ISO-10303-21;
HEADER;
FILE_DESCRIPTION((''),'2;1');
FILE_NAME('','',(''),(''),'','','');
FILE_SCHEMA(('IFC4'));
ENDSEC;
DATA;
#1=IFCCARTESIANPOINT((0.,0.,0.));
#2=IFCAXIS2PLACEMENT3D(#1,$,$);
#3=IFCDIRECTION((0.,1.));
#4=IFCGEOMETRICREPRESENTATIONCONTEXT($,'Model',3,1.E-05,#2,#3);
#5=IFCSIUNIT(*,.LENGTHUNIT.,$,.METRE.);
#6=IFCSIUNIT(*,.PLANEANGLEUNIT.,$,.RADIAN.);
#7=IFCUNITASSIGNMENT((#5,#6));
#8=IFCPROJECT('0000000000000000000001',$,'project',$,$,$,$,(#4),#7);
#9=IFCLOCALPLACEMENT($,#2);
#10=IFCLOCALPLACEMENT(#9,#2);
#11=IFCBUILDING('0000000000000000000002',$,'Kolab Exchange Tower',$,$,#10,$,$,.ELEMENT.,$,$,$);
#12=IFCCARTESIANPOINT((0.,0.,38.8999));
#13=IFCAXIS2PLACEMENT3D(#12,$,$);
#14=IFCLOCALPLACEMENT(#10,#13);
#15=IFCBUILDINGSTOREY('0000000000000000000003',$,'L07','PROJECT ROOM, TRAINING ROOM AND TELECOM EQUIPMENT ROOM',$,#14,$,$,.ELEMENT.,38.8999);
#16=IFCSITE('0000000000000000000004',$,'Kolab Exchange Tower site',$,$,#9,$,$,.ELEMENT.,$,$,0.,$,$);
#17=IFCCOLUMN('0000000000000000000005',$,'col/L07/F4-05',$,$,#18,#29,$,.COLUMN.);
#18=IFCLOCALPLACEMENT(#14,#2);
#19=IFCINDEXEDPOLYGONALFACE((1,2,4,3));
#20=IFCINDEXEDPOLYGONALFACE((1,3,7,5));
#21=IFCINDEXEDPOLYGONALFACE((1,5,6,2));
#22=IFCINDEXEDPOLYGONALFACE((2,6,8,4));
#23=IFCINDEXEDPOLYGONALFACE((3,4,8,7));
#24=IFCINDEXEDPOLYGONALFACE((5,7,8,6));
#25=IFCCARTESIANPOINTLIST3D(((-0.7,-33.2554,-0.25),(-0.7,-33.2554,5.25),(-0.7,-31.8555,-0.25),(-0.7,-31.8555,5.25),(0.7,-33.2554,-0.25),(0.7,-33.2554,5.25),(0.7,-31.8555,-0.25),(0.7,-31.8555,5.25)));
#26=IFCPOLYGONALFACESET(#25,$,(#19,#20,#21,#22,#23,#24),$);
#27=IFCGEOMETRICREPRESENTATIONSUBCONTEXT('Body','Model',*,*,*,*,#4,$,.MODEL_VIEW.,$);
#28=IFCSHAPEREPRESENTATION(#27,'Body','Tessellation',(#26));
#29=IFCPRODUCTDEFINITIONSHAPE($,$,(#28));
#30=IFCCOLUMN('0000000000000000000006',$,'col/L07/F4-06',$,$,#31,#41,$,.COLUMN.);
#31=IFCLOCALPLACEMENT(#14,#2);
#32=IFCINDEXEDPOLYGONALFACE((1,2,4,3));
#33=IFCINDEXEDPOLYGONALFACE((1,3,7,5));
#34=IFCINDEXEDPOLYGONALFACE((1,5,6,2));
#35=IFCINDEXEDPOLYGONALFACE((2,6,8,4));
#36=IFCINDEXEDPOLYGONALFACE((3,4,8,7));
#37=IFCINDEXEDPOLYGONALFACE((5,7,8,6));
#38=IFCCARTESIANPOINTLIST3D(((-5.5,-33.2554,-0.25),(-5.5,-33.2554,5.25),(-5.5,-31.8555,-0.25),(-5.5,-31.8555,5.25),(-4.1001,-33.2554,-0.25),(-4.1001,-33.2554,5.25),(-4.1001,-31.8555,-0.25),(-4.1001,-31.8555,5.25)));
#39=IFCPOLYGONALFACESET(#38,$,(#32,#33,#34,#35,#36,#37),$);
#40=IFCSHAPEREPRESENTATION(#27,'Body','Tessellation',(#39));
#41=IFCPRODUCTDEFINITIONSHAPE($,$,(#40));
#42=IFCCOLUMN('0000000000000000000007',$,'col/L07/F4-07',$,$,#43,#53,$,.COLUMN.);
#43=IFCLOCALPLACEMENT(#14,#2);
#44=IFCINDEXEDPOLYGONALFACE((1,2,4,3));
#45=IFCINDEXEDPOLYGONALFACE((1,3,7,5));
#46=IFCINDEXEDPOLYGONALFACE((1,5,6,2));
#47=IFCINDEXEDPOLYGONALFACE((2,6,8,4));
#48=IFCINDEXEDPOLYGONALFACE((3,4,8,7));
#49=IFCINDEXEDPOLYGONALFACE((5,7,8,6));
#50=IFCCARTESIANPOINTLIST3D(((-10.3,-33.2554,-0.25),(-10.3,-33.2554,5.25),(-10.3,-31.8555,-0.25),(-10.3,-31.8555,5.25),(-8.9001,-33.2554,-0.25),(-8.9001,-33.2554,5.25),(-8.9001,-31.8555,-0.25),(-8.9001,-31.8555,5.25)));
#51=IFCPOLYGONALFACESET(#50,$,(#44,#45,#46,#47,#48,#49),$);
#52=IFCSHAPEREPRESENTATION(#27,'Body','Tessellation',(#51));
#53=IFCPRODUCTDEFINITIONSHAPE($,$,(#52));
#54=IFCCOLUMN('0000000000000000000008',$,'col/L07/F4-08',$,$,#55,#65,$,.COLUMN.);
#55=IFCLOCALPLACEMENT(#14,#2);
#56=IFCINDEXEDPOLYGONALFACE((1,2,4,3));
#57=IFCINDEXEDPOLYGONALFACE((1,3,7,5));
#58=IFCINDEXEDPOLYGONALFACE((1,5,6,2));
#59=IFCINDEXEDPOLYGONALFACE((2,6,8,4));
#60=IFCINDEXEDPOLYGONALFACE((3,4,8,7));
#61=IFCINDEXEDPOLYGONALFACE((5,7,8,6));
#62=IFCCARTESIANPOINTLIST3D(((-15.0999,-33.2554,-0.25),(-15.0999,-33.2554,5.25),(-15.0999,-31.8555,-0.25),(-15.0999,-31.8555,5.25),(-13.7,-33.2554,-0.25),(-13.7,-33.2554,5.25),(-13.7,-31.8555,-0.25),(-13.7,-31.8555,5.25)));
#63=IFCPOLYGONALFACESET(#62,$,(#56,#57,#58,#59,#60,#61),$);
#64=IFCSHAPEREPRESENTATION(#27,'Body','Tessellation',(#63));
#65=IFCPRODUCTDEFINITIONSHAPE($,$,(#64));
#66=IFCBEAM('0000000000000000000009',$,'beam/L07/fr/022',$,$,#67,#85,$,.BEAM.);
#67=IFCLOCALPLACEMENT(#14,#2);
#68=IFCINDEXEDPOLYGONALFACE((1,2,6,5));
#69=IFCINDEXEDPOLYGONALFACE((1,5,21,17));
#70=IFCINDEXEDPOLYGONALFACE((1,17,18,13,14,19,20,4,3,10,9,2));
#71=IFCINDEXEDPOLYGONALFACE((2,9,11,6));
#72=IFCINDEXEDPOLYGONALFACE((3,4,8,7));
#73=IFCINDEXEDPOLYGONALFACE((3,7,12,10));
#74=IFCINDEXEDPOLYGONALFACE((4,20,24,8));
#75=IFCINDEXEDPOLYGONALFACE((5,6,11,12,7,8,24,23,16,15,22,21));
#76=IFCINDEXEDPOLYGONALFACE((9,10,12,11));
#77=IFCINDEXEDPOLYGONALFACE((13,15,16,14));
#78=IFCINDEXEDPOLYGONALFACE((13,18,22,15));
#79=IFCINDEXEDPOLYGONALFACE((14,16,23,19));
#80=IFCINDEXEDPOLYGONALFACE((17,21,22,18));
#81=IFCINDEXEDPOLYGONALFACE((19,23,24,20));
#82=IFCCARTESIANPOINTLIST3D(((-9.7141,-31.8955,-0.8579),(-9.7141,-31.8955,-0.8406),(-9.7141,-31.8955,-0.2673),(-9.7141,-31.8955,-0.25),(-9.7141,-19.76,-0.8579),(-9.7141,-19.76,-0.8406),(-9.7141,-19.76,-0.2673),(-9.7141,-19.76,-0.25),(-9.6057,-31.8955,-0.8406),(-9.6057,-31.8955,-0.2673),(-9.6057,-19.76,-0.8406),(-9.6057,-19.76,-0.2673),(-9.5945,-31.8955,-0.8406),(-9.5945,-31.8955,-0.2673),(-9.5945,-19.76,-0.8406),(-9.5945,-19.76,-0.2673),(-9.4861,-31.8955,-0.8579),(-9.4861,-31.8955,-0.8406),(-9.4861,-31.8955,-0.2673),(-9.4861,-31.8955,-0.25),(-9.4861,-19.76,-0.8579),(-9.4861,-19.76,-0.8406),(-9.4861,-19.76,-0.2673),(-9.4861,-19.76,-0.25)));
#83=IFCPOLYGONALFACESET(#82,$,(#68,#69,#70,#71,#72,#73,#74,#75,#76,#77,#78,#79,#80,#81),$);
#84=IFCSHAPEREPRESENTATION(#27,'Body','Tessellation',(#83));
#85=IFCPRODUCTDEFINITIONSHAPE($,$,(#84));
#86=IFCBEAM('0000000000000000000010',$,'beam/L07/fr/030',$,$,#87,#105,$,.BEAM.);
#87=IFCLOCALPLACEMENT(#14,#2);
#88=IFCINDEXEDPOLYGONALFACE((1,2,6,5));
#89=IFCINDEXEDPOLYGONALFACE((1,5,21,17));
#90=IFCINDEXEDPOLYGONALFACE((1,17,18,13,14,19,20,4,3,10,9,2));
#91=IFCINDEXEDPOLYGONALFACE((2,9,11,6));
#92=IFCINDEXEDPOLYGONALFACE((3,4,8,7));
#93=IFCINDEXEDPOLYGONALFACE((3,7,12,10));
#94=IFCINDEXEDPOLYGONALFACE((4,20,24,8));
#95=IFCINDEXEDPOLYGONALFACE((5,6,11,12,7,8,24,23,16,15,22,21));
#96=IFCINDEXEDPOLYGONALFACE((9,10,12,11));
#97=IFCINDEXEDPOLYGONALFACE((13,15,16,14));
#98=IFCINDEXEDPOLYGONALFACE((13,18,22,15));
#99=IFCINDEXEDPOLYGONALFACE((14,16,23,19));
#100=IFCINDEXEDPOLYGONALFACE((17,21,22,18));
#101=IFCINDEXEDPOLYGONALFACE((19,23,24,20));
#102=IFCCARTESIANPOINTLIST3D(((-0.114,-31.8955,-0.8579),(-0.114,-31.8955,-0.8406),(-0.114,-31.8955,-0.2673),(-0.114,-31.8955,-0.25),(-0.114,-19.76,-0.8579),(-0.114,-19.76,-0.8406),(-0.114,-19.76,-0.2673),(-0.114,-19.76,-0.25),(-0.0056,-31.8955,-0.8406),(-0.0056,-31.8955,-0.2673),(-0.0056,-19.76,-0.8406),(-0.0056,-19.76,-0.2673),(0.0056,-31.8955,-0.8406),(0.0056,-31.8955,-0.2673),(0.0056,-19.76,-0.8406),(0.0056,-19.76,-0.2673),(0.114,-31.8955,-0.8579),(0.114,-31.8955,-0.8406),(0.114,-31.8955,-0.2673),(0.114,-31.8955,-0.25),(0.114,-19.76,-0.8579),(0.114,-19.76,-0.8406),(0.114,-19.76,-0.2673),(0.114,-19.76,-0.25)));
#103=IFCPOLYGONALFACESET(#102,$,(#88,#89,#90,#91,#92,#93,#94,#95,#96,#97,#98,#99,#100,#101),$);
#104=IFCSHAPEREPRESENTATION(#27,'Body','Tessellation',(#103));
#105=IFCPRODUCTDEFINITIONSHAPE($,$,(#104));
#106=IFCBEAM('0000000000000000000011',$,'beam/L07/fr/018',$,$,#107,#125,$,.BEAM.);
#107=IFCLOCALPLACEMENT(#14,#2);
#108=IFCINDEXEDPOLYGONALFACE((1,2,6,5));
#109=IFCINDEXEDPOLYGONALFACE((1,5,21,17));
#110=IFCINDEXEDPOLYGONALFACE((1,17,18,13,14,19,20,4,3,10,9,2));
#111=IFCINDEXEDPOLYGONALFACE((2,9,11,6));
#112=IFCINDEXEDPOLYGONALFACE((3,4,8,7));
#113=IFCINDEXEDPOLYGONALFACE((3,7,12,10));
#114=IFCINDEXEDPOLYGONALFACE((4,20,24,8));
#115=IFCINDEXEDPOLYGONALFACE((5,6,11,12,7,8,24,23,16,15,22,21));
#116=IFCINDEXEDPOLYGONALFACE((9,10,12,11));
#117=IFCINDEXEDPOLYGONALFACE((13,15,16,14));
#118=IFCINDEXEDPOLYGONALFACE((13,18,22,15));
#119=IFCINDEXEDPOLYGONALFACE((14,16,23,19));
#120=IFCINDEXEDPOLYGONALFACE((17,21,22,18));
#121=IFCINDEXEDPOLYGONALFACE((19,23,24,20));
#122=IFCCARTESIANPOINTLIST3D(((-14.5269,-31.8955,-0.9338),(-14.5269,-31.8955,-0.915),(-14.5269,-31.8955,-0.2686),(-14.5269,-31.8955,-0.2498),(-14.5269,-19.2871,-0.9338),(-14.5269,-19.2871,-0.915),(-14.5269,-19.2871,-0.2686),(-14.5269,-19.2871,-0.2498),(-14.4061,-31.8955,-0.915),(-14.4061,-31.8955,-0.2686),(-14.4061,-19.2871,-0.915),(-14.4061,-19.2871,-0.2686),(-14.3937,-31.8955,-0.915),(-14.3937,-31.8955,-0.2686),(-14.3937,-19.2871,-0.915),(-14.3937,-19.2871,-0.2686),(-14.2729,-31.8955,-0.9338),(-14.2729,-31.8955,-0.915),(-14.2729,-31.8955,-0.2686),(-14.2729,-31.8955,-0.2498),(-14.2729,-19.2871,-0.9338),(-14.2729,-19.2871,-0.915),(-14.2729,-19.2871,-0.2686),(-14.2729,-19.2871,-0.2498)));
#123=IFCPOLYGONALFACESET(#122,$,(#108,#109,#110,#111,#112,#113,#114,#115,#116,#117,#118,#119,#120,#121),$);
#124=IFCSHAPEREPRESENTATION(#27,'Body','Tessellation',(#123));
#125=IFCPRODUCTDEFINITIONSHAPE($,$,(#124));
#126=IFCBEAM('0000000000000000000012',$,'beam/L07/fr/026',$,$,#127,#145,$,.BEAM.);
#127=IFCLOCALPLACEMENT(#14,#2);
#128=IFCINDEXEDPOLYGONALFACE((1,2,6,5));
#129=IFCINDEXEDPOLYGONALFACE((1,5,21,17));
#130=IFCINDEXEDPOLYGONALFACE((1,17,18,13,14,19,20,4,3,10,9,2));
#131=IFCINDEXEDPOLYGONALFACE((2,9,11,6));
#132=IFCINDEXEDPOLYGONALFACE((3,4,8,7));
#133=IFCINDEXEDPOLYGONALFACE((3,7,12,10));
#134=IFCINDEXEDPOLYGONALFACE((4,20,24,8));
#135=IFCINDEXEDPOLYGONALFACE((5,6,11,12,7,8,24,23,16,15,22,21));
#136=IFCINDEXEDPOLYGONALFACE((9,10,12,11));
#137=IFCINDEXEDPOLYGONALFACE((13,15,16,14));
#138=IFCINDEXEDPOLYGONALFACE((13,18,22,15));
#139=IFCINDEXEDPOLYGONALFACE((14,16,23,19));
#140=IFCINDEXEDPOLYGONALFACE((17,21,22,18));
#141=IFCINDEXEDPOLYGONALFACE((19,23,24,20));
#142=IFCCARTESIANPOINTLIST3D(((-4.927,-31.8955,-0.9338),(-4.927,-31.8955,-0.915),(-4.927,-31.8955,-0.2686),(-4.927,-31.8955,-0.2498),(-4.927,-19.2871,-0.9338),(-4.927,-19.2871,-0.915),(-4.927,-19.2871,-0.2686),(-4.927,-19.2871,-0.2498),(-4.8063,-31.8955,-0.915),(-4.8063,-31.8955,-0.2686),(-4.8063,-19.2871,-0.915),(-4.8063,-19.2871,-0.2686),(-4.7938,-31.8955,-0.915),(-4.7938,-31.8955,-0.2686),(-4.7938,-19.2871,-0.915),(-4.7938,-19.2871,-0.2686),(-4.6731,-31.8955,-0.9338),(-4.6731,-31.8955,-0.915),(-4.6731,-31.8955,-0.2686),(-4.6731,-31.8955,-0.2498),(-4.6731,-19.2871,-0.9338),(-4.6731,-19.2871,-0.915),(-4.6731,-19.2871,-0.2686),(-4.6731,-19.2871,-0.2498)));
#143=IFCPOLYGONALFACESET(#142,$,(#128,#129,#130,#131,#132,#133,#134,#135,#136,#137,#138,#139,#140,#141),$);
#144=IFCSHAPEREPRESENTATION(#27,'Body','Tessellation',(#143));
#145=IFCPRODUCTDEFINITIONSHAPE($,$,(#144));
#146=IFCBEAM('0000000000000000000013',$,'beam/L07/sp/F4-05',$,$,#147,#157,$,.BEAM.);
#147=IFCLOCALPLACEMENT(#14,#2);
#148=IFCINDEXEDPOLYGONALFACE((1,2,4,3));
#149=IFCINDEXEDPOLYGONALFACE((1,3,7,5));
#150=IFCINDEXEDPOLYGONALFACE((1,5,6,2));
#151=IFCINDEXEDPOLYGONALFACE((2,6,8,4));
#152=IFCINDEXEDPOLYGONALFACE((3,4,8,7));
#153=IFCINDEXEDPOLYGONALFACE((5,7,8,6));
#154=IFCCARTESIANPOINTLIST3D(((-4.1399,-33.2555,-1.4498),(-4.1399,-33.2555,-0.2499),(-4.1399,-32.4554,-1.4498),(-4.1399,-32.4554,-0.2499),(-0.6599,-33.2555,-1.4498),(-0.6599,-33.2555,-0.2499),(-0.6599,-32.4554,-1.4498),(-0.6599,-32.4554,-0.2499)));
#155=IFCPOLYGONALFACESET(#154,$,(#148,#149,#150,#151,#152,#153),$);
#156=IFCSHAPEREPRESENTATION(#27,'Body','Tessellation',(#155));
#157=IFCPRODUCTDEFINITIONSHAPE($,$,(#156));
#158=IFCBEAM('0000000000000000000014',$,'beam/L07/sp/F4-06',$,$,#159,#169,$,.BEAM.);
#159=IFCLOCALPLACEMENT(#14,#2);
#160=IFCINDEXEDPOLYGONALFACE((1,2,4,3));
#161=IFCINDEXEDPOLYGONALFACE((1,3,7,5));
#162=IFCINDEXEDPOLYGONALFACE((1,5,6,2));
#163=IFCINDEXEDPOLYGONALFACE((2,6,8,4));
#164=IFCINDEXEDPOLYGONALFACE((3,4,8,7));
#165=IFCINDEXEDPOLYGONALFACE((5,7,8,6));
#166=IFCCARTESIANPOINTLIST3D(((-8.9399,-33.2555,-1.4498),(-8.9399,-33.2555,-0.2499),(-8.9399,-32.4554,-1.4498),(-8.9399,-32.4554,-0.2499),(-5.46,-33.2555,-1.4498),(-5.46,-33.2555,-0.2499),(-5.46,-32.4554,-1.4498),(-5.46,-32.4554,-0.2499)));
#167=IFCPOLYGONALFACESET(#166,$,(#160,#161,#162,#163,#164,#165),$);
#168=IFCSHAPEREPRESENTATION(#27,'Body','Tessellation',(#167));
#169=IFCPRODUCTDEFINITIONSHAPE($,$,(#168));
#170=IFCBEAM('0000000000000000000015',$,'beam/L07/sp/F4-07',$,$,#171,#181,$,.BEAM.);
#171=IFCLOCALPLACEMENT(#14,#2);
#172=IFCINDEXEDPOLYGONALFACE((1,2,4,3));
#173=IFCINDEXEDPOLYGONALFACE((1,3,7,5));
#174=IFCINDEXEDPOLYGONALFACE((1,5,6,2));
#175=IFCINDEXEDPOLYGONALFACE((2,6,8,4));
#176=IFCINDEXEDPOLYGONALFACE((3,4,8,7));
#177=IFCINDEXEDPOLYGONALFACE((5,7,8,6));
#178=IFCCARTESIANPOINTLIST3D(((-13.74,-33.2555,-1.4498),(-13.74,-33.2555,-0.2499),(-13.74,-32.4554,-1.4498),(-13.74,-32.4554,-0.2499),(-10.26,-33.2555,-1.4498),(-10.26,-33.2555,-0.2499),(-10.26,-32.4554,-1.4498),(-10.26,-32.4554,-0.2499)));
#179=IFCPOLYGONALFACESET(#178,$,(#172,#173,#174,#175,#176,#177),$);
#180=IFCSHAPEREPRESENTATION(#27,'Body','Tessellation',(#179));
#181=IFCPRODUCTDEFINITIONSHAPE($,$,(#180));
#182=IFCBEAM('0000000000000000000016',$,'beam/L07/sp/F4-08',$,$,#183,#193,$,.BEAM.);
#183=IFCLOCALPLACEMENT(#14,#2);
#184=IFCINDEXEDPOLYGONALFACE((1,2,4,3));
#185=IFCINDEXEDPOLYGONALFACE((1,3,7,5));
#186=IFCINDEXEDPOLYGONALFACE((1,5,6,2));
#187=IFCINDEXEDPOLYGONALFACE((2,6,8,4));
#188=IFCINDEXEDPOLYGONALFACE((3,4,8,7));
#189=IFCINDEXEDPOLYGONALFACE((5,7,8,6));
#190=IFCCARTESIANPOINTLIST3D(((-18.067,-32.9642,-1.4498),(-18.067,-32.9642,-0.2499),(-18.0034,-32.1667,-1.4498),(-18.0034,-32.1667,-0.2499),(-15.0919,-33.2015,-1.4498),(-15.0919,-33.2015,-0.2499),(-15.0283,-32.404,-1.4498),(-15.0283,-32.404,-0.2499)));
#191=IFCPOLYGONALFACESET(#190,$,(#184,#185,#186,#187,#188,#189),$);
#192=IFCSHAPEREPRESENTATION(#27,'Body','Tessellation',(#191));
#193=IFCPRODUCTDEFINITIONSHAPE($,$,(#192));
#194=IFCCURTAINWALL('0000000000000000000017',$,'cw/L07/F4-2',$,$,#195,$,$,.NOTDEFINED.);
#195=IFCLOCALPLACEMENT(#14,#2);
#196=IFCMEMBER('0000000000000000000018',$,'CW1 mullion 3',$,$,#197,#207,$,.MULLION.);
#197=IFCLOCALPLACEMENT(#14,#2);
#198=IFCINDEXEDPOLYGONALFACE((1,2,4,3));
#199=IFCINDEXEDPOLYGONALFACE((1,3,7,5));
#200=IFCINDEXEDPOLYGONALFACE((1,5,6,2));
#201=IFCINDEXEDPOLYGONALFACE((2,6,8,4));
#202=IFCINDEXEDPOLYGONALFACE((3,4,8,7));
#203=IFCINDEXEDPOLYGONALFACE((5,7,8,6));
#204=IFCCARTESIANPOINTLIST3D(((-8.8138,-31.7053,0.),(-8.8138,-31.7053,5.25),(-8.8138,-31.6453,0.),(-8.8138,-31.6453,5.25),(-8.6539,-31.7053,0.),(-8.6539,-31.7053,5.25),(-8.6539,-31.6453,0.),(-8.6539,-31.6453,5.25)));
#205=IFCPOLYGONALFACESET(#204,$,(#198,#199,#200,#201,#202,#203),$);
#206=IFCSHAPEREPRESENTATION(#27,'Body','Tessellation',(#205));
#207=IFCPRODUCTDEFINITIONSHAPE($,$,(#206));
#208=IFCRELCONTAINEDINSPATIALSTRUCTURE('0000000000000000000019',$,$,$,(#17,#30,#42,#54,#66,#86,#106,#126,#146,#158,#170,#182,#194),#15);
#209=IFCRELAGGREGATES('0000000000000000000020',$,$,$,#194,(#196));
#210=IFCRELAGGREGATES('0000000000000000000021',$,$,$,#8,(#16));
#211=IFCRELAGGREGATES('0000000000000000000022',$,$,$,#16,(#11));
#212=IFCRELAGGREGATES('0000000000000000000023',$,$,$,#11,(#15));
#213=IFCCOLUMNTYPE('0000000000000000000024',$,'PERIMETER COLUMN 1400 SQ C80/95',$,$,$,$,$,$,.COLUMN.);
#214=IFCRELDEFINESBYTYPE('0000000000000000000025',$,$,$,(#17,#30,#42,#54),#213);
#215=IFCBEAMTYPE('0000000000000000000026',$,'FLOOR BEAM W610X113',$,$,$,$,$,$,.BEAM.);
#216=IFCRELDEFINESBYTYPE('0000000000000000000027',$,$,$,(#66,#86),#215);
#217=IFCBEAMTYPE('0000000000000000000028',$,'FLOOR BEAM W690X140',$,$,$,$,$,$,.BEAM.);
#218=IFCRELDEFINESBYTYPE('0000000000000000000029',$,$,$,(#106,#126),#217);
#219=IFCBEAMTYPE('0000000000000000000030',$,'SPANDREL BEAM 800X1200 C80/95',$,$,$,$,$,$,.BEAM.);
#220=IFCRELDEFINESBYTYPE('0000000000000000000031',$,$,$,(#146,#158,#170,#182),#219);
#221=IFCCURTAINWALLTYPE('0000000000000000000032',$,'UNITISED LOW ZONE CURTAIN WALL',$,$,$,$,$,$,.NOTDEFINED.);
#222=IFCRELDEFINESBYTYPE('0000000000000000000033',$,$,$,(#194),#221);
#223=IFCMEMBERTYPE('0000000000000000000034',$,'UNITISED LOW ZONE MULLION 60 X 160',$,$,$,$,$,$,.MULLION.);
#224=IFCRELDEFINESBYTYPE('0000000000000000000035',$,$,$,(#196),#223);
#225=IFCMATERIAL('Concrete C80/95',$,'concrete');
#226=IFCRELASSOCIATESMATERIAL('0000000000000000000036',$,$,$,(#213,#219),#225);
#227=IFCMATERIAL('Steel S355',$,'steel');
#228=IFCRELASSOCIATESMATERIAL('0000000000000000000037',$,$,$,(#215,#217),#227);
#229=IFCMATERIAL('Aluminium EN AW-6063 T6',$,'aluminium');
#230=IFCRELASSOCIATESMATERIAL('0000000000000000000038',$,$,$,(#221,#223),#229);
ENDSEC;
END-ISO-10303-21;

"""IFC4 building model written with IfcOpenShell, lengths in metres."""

from ifc_helpers import new_model, si_unit, direction, frame, origin, origin_2d, place, context, subcontext, project, spatial, rectangle, i_section, extrude, material, material_profile, profile_set, type_object, element, aggregate, save


model = new_model("IFC4")

# Units and contexts
model_context = context("Model", 3, precision=1e-05, world=origin(), true_north=direction((0.0, 1.0)))
body_context = subcontext(model_context, "Body", "Model", "MODEL_VIEW")
ifc_project = project(units=[si_unit("LENGTHUNIT", "METRE"), si_unit("PLANEANGLEUNIT", "RADIAN")], contexts=[model_context])

# Site, building, storey
site_placement = place(None, origin())
site = spatial("IfcSite", under=ifc_project, at=site_placement, Name="Kolab Exchange Tower site", CompositionType="ELEMENT", RefElevation=0.0)
building_placement = place(site_placement, origin())
building = spatial("IfcBuilding", under=site, at=building_placement, Name="Kolab Exchange Tower", CompositionType="ELEMENT")
storey_placement = place(building_placement, frame((0.0, 0.0, 38.8999)))
storey = spatial("IfcBuildingStorey", under=building, at=storey_placement, Name="L07", Description="PROJECT ROOM, TRAINING ROOM AND TELECOM EQUIPMENT ROOM", CompositionType="ELEMENT", Elevation=38.8999)

# Columns
ifc_material_1 = material(Name="Concrete C80/95", Category="concrete")
ifc_material_profile_1 = material_profile(ifc_material_1, rectangle(XDim=1.3999, YDim=1.3999, at=origin_2d()), Name="RC1400")
ifc_profile_set_1 = profile_set([ifc_material_profile_1], Name="Concrete C80/95")
column_type = type_object("IfcColumnType", Name="PERIMETER COLUMN 1400 SQ C80/95", PredefinedType="COLUMN", material=ifc_profile_set_1)
for number, where, z_axis, x_axis, name in (
    (1, (0.0, -32.5554, -0.25), (0.0, 0.0, 1.0), (1.0, 0.0, 0.0), "col/L07/F4-05"),
    (2, (-4.8, -32.5554, -0.25), (0.0, 0.0, 1.0), (1.0, 0.0, 0.0), "col/L07/F4-06"),
    (3, (-9.6001, -32.5554, -0.25), (0.0, 0.0, 1.0), (1.0, 0.0, 0.0), "col/L07/F4-07"),
    (4, (-14.3999, -32.5554, -0.25), (0.0, 0.0, 1.0), (1.0, 0.0, 0.0), "col/L07/F4-08"),
):
    element("IfcColumn", number, at=place(storey_placement, frame(where, z_axis=z_axis, x_axis=x_axis)), inside=storey, type_object=column_type, Name=name, PredefinedType="COLUMN", context=body_context, shape_type="SweptSolid", body=[
        extrude(rectangle(XDim=1.3999, YDim=1.3999, at=origin_2d()), origin(), (0.0, 0.0, 1.0), 5.5),
    ])

# Beams
ifc_material_2 = material(Name="Steel S355", Category="steel")
ifc_material_profile_2 = material_profile(ifc_material_2, i_section(OverallWidth=0.228, OverallDepth=0.6079, WebThickness=0.0112, FlangeThickness=0.0173, at=origin_2d()), Name="W610X113")
ifc_profile_set_2 = profile_set([ifc_material_profile_2], Name="Steel S355")
beam_type_1 = type_object("IfcBeamType", Name="FLOOR BEAM W610X113", PredefinedType="BEAM", material=ifc_profile_set_2)
for number, where, z_axis, x_axis, name in (
    (5, (-9.6001, -31.8955, -0.554), (0.0, 1.0, 0.0), (-1.0, 0.0, 0.0), "beam/L07/fr/022"),
    (6, (0.0, -31.8955, -0.554), (0.0, 1.0, 0.0), (-1.0, 0.0, 0.0), "beam/L07/fr/030"),
):
    element("IfcBeam", number, at=place(storey_placement, frame(where, z_axis=z_axis, x_axis=x_axis)), inside=storey, type_object=beam_type_1, Name=name, PredefinedType="BEAM", context=body_context, shape_type="SweptSolid", body=[
        extrude(i_section(OverallWidth=0.228, OverallDepth=0.6079, WebThickness=0.0112, FlangeThickness=0.0173, at=origin_2d()), origin(), (0.0, 0.0, 1.0), 12.1355),
    ])
ifc_material_profile_3 = material_profile(ifc_material_2, i_section(OverallWidth=0.2539, OverallDepth=0.6841, WebThickness=0.0125, FlangeThickness=0.0188, at=origin_2d()), Name="W690X140")
ifc_profile_set_3 = profile_set([ifc_material_profile_3], Name="Steel S355")
beam_type_2 = type_object("IfcBeamType", Name="FLOOR BEAM W690X140", PredefinedType="BEAM", material=ifc_profile_set_3)
for number, where, z_axis, x_axis, name in (
    (7, (-14.3999, -31.8955, -0.5918), (0.0, 1.0, 0.0), (-1.0, 0.0, 0.0), "beam/L07/fr/018"),
    (8, (-4.8, -31.8955, -0.5918), (0.0, 1.0, 0.0), (-1.0, 0.0, 0.0), "beam/L07/fr/026"),
):
    element("IfcBeam", number, at=place(storey_placement, frame(where, z_axis=z_axis, x_axis=x_axis)), inside=storey, type_object=beam_type_2, Name=name, PredefinedType="BEAM", context=body_context, shape_type="SweptSolid", body=[
        extrude(i_section(OverallWidth=0.2539, OverallDepth=0.6841, WebThickness=0.0125, FlangeThickness=0.0188, at=origin_2d()), origin(), (0.0, 0.0, 1.0), 12.6084),
    ])
ifc_material_profile_4 = material_profile(ifc_material_1, rectangle(XDim=0.8, YDim=1.2, at=origin_2d()), Name="RC800X1200")
ifc_profile_set_4 = profile_set([ifc_material_profile_4], Name="Concrete C80/95")
beam_type_3 = type_object("IfcBeamType", Name="SPANDREL BEAM 800X1200 C80/95", PredefinedType="BEAM", material=ifc_profile_set_4)
for number, where, z_axis, x_axis, name in (
    (9, (-0.6599, -32.8555, -0.8499), (-1.0, 0.0, 0.0), (0.0, -1.0, 0.0), "beam/L07/sp/F4-05"),
    (10, (-5.46, -32.8555, -0.8499), (-1.0, 0.0, 0.0), (0.0, -1.0, 0.0), "beam/L07/sp/F4-06"),
    (11, (-10.26, -32.8555, -0.8499), (-1.0, 0.0, 0.0), (0.0, -1.0, 0.0), "beam/L07/sp/F4-07"),
):
    element("IfcBeam", number, at=place(storey_placement, frame(where, z_axis=z_axis, x_axis=x_axis)), inside=storey, type_object=beam_type_3, Name=name, PredefinedType="BEAM", context=body_context, shape_type="SweptSolid", body=[
        extrude(rectangle(XDim=0.8, YDim=1.2, at=origin_2d()), origin(), (0.0, 0.0, 1.0), 3.48),
    ])
beam_placement = place(storey_placement, frame((-15.0601, -32.8027, -0.8499), z_axis=(-0.996834, 0.079511, 0.0), x_axis=(-0.079511, -0.996834, 0.0)))
element("IfcBeam", 12, at=beam_placement, inside=storey, type_object=beam_type_3, Name="beam/L07/sp/F4-08", PredefinedType="BEAM", context=body_context, shape_type="SweptSolid", body=[
    extrude(rectangle(XDim=0.8, YDim=1.2, at=origin_2d()), origin(), (0.0, 0.0, 1.0), 2.9846),
])

# Curtain wall, member
ifc_material_3 = material(Name="Aluminium EN AW-6063 T6", Category="aluminium")
curtain_wall_type = type_object("IfcCurtainWallType", Name="UNITISED LOW ZONE CURTAIN WALL", PredefinedType="NOTDEFINED", material=ifc_material_3)
curtain_wall_placement = place(storey_placement, origin())
curtain_wall = element("IfcCurtainWall", 13, at=curtain_wall_placement, inside=storey, type_object=curtain_wall_type, Name="cw/L07/F4-2", PredefinedType="NOTDEFINED")
ifc_material_profile_5 = material_profile(ifc_material_3, rectangle(XDim=0.0601, YDim=0.1599, at=origin_2d()), Name="RECT 60X160")
ifc_profile_set_5 = profile_set([ifc_material_profile_5], Name="Aluminium EN AW-6063 T6")
member_type_1 = type_object("IfcMemberType", Name="UNITISED LOW ZONE MULLION 60 X 160", PredefinedType="MULLION", material=ifc_profile_set_5)
member_1_placement = place(storey_placement, frame((-8.7339, -31.6753, 0.0), z_axis=(0.0, 0.0, 1.0), x_axis=(0.0, -1.0, 0.0)))
member_1 = element("IfcMember", 14, at=member_1_placement, type_object=member_type_1, Name="CW1 mullion 3", PredefinedType="MULLION", context=body_context, shape_type="SweptSolid", body=[
    extrude(rectangle(XDim=0.0601, YDim=0.1599, at=origin_2d()), origin(), (0.0, 0.0, 1.0), 5.25),
])
aggregate(curtain_wall, [member_1])

save(model, "model.ifc")
